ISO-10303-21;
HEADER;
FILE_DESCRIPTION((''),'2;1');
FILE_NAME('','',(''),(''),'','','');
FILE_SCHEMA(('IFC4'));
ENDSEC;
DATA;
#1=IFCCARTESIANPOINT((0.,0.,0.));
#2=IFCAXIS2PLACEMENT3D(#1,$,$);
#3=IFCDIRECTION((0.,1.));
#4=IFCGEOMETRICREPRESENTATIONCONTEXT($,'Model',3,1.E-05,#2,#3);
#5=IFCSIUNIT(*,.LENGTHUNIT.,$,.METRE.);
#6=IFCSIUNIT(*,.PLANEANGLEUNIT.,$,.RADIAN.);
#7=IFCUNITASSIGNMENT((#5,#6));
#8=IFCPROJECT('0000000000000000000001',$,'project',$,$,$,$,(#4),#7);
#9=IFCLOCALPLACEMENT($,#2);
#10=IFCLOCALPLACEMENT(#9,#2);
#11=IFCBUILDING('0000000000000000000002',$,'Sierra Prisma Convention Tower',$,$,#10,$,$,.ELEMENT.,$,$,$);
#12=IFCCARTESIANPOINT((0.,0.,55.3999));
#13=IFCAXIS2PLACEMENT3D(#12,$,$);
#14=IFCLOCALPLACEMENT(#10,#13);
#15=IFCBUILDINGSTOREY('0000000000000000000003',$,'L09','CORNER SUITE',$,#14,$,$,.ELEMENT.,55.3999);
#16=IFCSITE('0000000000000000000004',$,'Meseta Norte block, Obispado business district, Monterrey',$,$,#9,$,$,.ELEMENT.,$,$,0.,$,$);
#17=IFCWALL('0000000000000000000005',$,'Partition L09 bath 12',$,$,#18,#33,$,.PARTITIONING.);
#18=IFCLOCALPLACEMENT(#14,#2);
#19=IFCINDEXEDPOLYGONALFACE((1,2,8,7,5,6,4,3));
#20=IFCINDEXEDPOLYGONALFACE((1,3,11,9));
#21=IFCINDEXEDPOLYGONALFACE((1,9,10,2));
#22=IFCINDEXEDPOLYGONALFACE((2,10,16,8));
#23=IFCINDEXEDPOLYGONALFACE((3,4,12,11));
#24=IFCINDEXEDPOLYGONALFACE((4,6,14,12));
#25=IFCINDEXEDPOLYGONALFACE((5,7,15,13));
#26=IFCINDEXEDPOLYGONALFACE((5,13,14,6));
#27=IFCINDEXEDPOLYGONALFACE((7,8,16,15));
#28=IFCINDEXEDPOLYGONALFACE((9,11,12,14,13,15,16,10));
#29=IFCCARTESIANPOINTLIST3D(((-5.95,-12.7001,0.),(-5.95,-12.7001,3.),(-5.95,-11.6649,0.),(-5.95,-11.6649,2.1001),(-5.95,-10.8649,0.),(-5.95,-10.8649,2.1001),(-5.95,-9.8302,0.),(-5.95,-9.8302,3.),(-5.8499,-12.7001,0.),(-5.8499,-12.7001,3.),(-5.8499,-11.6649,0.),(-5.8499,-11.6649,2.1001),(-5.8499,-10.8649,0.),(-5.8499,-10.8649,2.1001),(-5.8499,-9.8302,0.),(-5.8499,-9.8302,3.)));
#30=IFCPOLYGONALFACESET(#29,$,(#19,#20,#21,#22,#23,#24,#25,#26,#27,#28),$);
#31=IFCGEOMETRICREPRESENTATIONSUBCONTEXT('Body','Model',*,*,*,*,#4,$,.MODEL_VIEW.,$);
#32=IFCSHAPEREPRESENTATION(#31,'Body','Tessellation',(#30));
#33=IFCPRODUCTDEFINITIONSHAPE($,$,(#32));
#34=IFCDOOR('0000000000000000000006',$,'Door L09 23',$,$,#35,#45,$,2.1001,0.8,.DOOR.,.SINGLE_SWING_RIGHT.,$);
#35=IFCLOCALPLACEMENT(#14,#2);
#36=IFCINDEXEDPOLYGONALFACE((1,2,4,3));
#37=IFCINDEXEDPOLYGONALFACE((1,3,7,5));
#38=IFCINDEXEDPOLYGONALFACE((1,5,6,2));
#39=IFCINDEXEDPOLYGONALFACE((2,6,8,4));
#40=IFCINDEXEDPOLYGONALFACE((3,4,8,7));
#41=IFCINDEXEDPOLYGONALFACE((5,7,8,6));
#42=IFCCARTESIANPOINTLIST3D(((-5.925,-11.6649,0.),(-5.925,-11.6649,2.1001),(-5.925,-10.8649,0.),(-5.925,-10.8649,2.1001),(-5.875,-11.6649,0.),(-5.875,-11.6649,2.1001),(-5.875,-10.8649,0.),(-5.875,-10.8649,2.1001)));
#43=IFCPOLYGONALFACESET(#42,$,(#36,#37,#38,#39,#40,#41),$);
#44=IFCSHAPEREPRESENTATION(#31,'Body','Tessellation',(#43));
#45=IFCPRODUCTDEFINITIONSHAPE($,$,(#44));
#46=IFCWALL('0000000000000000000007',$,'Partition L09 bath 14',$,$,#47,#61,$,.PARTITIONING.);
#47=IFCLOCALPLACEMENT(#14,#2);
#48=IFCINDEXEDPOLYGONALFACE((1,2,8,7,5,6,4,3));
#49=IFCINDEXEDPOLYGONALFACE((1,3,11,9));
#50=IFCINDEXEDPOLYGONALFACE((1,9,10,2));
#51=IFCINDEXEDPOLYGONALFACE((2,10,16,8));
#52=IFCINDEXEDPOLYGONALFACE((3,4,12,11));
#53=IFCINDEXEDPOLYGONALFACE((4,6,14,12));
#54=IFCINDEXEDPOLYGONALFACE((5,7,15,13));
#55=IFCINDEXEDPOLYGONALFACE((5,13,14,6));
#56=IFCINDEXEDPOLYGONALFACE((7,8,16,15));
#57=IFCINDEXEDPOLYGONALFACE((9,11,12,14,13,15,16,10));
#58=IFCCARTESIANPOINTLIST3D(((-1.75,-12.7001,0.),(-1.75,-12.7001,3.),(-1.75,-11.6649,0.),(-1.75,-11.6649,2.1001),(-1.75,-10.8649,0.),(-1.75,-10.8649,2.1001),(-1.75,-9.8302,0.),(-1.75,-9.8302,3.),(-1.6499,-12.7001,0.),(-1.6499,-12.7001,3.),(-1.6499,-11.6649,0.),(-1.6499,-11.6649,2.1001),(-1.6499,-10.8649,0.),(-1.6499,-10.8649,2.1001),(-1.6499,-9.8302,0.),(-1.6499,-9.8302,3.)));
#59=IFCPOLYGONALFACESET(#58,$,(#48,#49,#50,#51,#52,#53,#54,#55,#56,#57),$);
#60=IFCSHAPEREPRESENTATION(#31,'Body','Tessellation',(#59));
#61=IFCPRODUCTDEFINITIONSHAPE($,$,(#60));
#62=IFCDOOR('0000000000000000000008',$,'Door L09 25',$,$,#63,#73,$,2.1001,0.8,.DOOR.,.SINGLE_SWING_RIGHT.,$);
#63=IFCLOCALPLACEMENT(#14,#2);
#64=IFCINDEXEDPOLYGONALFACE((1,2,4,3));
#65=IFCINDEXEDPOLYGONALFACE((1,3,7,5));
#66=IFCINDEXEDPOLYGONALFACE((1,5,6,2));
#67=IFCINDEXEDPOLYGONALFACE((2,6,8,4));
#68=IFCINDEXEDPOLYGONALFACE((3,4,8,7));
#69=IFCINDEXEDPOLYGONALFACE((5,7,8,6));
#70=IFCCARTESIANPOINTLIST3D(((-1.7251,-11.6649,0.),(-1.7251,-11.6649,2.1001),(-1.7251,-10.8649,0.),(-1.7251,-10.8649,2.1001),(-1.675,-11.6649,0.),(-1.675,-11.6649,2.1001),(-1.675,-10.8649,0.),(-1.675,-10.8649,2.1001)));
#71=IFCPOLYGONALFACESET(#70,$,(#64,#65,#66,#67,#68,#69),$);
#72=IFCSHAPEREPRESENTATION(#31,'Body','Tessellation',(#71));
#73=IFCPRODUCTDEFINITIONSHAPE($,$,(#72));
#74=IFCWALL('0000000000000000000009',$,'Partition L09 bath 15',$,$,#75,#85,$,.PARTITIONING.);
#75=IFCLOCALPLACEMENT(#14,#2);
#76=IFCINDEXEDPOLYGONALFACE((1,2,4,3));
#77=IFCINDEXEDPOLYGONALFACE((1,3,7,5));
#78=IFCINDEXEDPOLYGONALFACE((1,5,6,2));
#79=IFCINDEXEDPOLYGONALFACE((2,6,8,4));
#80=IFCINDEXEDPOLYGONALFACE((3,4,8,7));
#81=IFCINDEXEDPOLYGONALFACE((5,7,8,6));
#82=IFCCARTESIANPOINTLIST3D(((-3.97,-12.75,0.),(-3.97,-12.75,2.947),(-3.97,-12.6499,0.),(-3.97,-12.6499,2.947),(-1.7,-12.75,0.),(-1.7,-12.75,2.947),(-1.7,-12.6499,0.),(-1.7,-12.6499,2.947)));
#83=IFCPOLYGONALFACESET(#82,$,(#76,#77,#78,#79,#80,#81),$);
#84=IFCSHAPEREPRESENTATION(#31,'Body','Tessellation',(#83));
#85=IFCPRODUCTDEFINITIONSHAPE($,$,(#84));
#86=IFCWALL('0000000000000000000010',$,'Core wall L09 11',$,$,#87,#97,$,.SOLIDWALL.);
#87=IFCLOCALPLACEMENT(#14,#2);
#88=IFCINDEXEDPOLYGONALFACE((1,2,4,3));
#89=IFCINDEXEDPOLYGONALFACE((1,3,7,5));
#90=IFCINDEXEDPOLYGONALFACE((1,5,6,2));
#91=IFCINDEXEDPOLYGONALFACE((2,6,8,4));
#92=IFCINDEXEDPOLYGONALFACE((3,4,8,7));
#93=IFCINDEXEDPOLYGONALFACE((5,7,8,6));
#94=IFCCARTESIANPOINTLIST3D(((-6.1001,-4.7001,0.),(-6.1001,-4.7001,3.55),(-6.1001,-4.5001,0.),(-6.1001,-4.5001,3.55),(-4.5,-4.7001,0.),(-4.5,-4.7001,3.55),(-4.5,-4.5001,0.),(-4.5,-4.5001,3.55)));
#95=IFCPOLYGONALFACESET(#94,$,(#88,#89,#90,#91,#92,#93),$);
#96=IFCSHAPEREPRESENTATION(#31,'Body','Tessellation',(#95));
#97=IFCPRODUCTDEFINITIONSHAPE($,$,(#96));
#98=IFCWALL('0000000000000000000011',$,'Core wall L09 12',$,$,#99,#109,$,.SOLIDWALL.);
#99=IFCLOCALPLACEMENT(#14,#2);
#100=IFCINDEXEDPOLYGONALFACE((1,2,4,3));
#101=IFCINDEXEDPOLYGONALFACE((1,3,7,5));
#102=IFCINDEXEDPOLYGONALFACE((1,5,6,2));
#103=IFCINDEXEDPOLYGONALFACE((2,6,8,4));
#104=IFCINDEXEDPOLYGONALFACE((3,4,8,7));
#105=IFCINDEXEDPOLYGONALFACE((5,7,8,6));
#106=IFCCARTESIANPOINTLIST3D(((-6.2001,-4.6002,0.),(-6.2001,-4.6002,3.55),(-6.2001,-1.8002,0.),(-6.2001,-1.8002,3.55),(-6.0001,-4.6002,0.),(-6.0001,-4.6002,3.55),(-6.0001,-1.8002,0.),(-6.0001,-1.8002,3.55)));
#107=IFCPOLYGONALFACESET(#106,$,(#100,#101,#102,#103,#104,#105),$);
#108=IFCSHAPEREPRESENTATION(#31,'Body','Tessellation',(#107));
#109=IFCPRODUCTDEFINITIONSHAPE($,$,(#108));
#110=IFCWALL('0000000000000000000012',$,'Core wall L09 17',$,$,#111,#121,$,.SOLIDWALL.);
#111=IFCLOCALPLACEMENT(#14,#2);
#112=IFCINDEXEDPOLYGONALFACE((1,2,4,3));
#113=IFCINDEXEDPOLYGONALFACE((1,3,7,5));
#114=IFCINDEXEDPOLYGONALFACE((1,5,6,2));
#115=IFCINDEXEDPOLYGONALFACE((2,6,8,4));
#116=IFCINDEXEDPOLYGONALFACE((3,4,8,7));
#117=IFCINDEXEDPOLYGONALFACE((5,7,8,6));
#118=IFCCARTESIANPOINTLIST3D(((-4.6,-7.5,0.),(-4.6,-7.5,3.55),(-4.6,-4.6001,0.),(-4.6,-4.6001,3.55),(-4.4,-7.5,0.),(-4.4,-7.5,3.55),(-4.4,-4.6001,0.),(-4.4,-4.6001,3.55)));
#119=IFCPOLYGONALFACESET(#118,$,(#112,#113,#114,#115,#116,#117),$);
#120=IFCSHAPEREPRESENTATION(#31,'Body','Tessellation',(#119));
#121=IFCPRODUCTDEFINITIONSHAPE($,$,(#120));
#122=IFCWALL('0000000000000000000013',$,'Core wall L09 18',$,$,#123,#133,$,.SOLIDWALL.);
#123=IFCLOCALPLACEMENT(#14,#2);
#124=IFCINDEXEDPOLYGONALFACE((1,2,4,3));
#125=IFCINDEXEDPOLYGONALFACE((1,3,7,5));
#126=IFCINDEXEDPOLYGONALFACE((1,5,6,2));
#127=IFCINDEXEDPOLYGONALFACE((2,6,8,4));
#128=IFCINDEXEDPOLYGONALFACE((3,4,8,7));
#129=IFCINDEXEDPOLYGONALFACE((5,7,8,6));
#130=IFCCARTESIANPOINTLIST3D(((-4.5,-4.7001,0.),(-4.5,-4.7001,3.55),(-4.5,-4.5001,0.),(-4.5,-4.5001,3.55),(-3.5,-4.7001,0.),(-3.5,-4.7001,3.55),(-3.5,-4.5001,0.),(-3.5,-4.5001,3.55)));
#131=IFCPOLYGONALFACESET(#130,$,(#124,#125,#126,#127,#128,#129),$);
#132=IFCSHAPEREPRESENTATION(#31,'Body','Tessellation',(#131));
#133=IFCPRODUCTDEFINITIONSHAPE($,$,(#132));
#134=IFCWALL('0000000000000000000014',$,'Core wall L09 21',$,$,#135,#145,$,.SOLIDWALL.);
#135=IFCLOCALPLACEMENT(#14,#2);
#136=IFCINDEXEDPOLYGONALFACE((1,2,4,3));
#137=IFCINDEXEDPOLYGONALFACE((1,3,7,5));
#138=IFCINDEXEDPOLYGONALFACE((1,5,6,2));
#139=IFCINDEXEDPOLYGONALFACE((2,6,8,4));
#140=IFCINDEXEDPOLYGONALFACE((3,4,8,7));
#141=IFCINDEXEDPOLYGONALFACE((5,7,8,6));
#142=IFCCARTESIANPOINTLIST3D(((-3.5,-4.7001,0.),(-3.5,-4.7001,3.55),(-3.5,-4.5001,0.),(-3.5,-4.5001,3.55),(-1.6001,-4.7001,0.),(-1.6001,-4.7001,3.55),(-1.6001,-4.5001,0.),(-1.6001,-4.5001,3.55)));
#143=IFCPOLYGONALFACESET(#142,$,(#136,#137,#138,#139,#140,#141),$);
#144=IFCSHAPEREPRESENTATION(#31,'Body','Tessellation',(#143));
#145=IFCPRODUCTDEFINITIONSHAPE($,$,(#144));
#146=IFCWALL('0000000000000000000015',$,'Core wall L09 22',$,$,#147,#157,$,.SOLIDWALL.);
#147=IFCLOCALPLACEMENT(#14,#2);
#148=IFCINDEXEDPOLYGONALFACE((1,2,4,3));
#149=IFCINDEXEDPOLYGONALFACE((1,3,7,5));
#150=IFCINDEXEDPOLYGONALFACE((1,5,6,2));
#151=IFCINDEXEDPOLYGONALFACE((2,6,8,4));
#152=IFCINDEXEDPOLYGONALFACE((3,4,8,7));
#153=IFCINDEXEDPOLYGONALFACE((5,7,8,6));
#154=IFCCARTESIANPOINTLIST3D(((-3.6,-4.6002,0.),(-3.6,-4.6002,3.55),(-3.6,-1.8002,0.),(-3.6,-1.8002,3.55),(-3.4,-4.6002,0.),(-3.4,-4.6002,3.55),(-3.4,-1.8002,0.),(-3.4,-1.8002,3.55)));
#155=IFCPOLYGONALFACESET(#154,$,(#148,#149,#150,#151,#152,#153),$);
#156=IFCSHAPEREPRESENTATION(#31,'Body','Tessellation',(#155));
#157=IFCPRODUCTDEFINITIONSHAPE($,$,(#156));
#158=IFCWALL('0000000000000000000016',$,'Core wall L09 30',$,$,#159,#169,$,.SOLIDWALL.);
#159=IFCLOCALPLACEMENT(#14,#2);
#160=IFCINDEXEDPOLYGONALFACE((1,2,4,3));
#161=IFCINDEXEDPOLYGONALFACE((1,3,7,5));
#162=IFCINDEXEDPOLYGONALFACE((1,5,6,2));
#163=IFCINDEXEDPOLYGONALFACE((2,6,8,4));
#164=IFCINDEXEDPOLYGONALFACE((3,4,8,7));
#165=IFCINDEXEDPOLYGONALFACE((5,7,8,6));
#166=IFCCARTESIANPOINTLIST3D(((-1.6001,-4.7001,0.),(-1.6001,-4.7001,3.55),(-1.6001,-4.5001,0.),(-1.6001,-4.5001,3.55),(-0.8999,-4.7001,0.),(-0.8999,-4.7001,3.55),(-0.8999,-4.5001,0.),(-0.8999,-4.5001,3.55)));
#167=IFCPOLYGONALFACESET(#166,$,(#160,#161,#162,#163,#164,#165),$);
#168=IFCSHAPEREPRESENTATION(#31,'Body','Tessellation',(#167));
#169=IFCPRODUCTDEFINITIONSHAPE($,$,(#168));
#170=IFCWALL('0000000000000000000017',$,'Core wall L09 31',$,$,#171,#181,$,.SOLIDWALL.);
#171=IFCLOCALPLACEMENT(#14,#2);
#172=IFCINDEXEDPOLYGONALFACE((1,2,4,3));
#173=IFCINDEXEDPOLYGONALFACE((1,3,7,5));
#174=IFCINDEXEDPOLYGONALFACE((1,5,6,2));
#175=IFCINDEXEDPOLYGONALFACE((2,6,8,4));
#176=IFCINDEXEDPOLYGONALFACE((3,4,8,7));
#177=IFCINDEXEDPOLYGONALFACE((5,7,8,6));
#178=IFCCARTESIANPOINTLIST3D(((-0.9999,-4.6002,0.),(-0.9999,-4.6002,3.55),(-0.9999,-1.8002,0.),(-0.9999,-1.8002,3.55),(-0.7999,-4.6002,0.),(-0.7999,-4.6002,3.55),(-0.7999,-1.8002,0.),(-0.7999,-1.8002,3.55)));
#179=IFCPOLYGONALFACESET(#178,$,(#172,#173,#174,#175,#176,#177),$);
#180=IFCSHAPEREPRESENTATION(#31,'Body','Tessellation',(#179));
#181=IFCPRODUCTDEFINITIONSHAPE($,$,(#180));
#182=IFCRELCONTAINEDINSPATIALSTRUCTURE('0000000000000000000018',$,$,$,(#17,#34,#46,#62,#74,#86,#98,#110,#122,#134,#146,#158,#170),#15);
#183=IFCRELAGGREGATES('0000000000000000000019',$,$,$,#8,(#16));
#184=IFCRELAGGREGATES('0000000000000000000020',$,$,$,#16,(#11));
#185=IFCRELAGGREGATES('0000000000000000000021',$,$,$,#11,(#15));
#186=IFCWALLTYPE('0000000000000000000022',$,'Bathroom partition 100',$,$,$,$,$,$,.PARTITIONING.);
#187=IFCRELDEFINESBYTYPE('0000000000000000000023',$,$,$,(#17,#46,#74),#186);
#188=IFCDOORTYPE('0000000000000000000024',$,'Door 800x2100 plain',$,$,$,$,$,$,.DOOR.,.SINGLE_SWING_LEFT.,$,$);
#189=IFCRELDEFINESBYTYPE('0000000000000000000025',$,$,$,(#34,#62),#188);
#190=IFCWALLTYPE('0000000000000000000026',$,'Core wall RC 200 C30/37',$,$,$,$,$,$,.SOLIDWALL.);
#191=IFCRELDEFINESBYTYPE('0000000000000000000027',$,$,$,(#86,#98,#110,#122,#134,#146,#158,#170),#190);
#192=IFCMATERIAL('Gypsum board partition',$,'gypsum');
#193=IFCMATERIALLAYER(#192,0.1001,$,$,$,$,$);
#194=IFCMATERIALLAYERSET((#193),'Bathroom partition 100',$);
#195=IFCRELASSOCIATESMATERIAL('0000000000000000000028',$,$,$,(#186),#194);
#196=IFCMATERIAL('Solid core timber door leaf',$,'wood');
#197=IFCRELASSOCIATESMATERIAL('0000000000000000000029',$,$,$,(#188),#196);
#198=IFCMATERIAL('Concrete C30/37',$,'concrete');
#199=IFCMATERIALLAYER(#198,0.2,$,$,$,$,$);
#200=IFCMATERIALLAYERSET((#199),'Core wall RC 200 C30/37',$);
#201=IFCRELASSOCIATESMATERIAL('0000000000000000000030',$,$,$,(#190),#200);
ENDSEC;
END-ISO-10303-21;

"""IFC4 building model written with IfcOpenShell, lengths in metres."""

from ifc_helpers import new_model, si_unit, direction, frame, frame_2d, origin, place, context, subcontext, project, spatial, rectangle, extrude, material, layer, layer_set, type_object, element, fill, save


model = new_model("IFC4")

# Units and contexts
model_context = context("Model", 3, precision=1e-05, world=origin(), true_north=direction((0.0, 1.0)))
body_context = subcontext(model_context, "Body", "Model", "MODEL_VIEW")
ifc_project = project(units=[si_unit("LENGTHUNIT", "METRE"), si_unit("PLANEANGLEUNIT", "RADIAN")], contexts=[model_context])

# Site, building, storey
site_placement = place(None, origin())
site = spatial("IfcSite", under=ifc_project, at=site_placement, Name="Meseta Norte block, Obispado business district, Monterrey", CompositionType="ELEMENT", RefElevation=0.0)
building_placement = place(site_placement, origin())
building = spatial("IfcBuilding", under=site, at=building_placement, Name="Sierra Prisma Convention Tower", CompositionType="ELEMENT")
storey_placement = place(building_placement, frame((0.0, 0.0, 55.3999)))
storey = spatial("IfcBuildingStorey", under=building, at=storey_placement, Name="L09", Description="CORNER SUITE", CompositionType="ELEMENT", Elevation=55.3999)

# Walls, openings, doors
ifc_material_1 = material(Name="Gypsum board partition", Category="gypsum")
ifc_layer_1 = layer(ifc_material_1, 0.1001)
ifc_layer_set_1 = layer_set([ifc_layer_1], Name="Bathroom partition 100")
wall_type_1 = type_object("IfcWallType", Name="Bathroom partition 100", PredefinedType="PARTITIONING", material=ifc_layer_set_1)
wall_1_placement = place(storey_placement, frame((-5.8999, -9.8301, 0.0), z_axis=(0.0, 0.0, 1.0), x_axis=(0.0, -1.0, 0.0)))
wall_1 = element("IfcWall", 1, at=wall_1_placement, inside=storey, type_object=wall_type_1, Name="Partition L09 bath 12", PredefinedType="PARTITIONING", context=body_context, shape_type="SweptSolid", body=[
    extrude(rectangle(XDim=2.8699, YDim=0.1001, at=frame_2d((1.4351, 0.0))), origin(), (0.0, 0.0, 1.0), 3.0),
])
opening_1_placement = place(wall_1_placement, frame((1.0349, 0.0, 0.0)))
opening_1 = element("IfcOpeningElement", 2, at=opening_1_placement, cuts=wall_1, PredefinedType="OPENING", context=body_context, shape_type="SweptSolid", body=[
    extrude(rectangle(XDim=0.8, YDim=2.1001, at=frame_2d((0.3999, 1.05))), frame((0.0, 0.05, 0.0), z_axis=(0.0, -1.0, 0.0), x_axis=(1.0, 0.0, 0.0)), (0.0, 0.0, 1.0), 0.1001),
])
ifc_material_2 = material(Name="Solid core timber door leaf", Category="wood")
door_type_1 = type_object("IfcDoorType", Name="Door 800x2100 plain", OperationType="SINGLE_SWING_LEFT", PredefinedType="DOOR", material=ifc_material_2)
door_1_placement = place(opening_1_placement, origin())
door_1 = element("IfcDoor", 3, at=door_1_placement, inside=storey, type_object=door_type_1, Name="Door L09 23", OperationType="SINGLE_SWING_RIGHT", OverallHeight=2.1001, OverallWidth=0.8, PredefinedType="DOOR", context=body_context, shape_type="SweptSolid", body=[
    extrude(rectangle(XDim=0.8, YDim=2.1001, at=frame_2d((0.3999, 1.05))), frame((0.0, 0.0249, 0.0), z_axis=(0.0, -1.0, 0.0), x_axis=(1.0, 0.0, 0.0)), (0.0, 0.0, 1.0), 0.05),
])
fill(opening_1, door_1)
wall_2_placement = place(storey_placement, frame((-1.7, -9.8301, 0.0), z_axis=(0.0, 0.0, 1.0), x_axis=(0.0, -1.0, 0.0)))
wall_2 = element("IfcWall", 4, at=wall_2_placement, inside=storey, type_object=wall_type_1, Name="Partition L09 bath 14", PredefinedType="PARTITIONING", context=body_context, shape_type="SweptSolid", body=[
    extrude(rectangle(XDim=2.8699, YDim=0.1001, at=frame_2d((1.4351, 0.0))), origin(), (0.0, 0.0, 1.0), 3.0),
])
opening_2_placement = place(wall_2_placement, frame((1.0349, 0.0, 0.0)))
opening_2 = element("IfcOpeningElement", 5, at=opening_2_placement, cuts=wall_2, PredefinedType="OPENING", context=body_context, shape_type="SweptSolid", body=[
    extrude(rectangle(XDim=0.8, YDim=2.1001, at=frame_2d((0.3999, 1.05))), frame((0.0, 0.05, 0.0), z_axis=(0.0, -1.0, 0.0), x_axis=(1.0, 0.0, 0.0)), (0.0, 0.0, 1.0), 0.1001),
])
door_2_placement = place(opening_2_placement, origin())
door_2 = element("IfcDoor", 6, at=door_2_placement, inside=storey, type_object=door_type_1, Name="Door L09 25", OperationType="SINGLE_SWING_RIGHT", OverallHeight=2.1001, OverallWidth=0.8, PredefinedType="DOOR", context=body_context, shape_type="SweptSolid", body=[
    extrude(rectangle(XDim=0.8, YDim=2.1001, at=frame_2d((0.3999, 1.05))), frame((0.0, 0.0249, 0.0), z_axis=(0.0, -1.0, 0.0), x_axis=(1.0, 0.0, 0.0)), (0.0, 0.0, 1.0), 0.05),
])
fill(opening_2, door_2)

# Walls
wall_3_placement = place(storey_placement, frame((-1.7, -12.7, 0.0), z_axis=(0.0, 0.0, 1.0), x_axis=(-1.0, 0.0, 0.0)))
element("IfcWall", 7, at=wall_3_placement, inside=storey, type_object=wall_type_1, Name="Partition L09 bath 15", PredefinedType="PARTITIONING", context=body_context, shape_type="SweptSolid", body=[
    extrude(rectangle(XDim=2.27, YDim=0.1001, at=frame_2d((1.135, 0.0))), origin(), (0.0, 0.0, 1.0), 2.947),
])
ifc_material_3 = material(Name="Concrete C30/37", Category="concrete")
ifc_layer_2 = layer(ifc_material_3, 0.2)
ifc_layer_set_2 = layer_set([ifc_layer_2], Name="Core wall RC 200 C30/37")
wall_type_2 = type_object("IfcWallType", Name="Core wall RC 200 C30/37", PredefinedType="SOLIDWALL", material=ifc_layer_set_2)
wall_4_placement = place(storey_placement, frame((-6.1001, -4.6001, 0.0), z_axis=(0.0, 0.0, 1.0), x_axis=(1.0, 0.0, 0.0)))
element("IfcWall", 8, at=wall_4_placement, inside=storey, type_object=wall_type_2, Name="Core wall L09 11", PredefinedType="SOLIDWALL", context=body_context, shape_type="SweptSolid", body=[
    extrude(rectangle(XDim=1.6001, YDim=0.2, at=frame_2d((0.8, 0.0))), origin(), (0.0, 0.0, 1.0), 3.55),
])
wall_5_placement = place(storey_placement, frame((-6.1001, -4.6001, 0.0), z_axis=(0.0, 0.0, 1.0), x_axis=(0.0, 1.0, 0.0)))
element("IfcWall", 9, at=wall_5_placement, inside=storey, type_object=wall_type_2, Name="Core wall L09 12", PredefinedType="SOLIDWALL", context=body_context, shape_type="SweptSolid", body=[
    extrude(rectangle(XDim=2.8, YDim=0.2, at=frame_2d((1.3999, 0.0))), origin(), (0.0, 0.0, 1.0), 3.55),
])

# Walls
wall_6_placement = place(storey_placement, frame((-4.5, -4.6001, 0.0), z_axis=(0.0, 0.0, 1.0), x_axis=(0.0, -1.0, 0.0)))
element("IfcWall", 10, at=wall_6_placement, inside=storey, type_object=wall_type_2, Name="Core wall L09 17", PredefinedType="SOLIDWALL", context=body_context, shape_type="SweptSolid", body=[
    extrude(rectangle(XDim=2.8999, YDim=0.2, at=frame_2d((1.45, 0.0))), origin(), (0.0, 0.0, 1.0), 3.55),
])
wall_7_placement = place(storey_placement, frame((-4.5, -4.6001, 0.0), z_axis=(0.0, 0.0, 1.0), x_axis=(1.0, 0.0, 0.0)))
element("IfcWall", 11, at=wall_7_placement, inside=storey, type_object=wall_type_2, Name="Core wall L09 18", PredefinedType="SOLIDWALL", context=body_context, shape_type="SweptSolid", body=[
    extrude(rectangle(XDim=1.0, YDim=0.2, at=frame_2d((0.5, 0.0))), origin(), (0.0, 0.0, 1.0), 3.55),
])
wall_8_placement = place(storey_placement, frame((-3.5, -4.6001, 0.0), z_axis=(0.0, 0.0, 1.0), x_axis=(1.0, 0.0, 0.0)))
element("IfcWall", 12, at=wall_8_placement, inside=storey, type_object=wall_type_2, Name="Core wall L09 21", PredefinedType="SOLIDWALL", context=body_context, shape_type="SweptSolid", body=[
    extrude(rectangle(XDim=1.8999, YDim=0.2, at=frame_2d((0.95, 0.0))), origin(), (0.0, 0.0, 1.0), 3.55),
])
wall_9_placement = place(storey_placement, frame((-3.5, -4.6001, 0.0), z_axis=(0.0, 0.0, 1.0), x_axis=(0.0, 1.0, 0.0)))
element("IfcWall", 13, at=wall_9_placement, inside=storey, type_object=wall_type_2, Name="Core wall L09 22", PredefinedType="SOLIDWALL", context=body_context, shape_type="SweptSolid", body=[
    extrude(rectangle(XDim=2.8, YDim=0.2, at=frame_2d((1.3999, 0.0))), origin(), (0.0, 0.0, 1.0), 3.55),
])

# Walls
wall_10_placement = place(storey_placement, frame((-1.6001, -4.6001, 0.0), z_axis=(0.0, 0.0, 1.0), x_axis=(1.0, 0.0, 0.0)))
element("IfcWall", 14, at=wall_10_placement, inside=storey, type_object=wall_type_2, Name="Core wall L09 30", PredefinedType="SOLIDWALL", context=body_context, shape_type="SweptSolid", body=[
    extrude(rectangle(XDim=0.7002, YDim=0.2, at=frame_2d((0.3501, 0.0))), origin(), (0.0, 0.0, 1.0), 3.55),
])
wall_11_placement = place(storey_placement, frame((-0.8999, -4.6001, 0.0), z_axis=(0.0, 0.0, 1.0), x_axis=(0.0, 1.0, 0.0)))
element("IfcWall", 15, at=wall_11_placement, inside=storey, type_object=wall_type_2, Name="Core wall L09 31", PredefinedType="SOLIDWALL", context=body_context, shape_type="SweptSolid", body=[
    extrude(rectangle(XDim=2.8, YDim=0.2, at=frame_2d((1.3999, 0.0))), origin(), (0.0, 0.0, 1.0), 3.55),
])

save(model, "model.ifc")
